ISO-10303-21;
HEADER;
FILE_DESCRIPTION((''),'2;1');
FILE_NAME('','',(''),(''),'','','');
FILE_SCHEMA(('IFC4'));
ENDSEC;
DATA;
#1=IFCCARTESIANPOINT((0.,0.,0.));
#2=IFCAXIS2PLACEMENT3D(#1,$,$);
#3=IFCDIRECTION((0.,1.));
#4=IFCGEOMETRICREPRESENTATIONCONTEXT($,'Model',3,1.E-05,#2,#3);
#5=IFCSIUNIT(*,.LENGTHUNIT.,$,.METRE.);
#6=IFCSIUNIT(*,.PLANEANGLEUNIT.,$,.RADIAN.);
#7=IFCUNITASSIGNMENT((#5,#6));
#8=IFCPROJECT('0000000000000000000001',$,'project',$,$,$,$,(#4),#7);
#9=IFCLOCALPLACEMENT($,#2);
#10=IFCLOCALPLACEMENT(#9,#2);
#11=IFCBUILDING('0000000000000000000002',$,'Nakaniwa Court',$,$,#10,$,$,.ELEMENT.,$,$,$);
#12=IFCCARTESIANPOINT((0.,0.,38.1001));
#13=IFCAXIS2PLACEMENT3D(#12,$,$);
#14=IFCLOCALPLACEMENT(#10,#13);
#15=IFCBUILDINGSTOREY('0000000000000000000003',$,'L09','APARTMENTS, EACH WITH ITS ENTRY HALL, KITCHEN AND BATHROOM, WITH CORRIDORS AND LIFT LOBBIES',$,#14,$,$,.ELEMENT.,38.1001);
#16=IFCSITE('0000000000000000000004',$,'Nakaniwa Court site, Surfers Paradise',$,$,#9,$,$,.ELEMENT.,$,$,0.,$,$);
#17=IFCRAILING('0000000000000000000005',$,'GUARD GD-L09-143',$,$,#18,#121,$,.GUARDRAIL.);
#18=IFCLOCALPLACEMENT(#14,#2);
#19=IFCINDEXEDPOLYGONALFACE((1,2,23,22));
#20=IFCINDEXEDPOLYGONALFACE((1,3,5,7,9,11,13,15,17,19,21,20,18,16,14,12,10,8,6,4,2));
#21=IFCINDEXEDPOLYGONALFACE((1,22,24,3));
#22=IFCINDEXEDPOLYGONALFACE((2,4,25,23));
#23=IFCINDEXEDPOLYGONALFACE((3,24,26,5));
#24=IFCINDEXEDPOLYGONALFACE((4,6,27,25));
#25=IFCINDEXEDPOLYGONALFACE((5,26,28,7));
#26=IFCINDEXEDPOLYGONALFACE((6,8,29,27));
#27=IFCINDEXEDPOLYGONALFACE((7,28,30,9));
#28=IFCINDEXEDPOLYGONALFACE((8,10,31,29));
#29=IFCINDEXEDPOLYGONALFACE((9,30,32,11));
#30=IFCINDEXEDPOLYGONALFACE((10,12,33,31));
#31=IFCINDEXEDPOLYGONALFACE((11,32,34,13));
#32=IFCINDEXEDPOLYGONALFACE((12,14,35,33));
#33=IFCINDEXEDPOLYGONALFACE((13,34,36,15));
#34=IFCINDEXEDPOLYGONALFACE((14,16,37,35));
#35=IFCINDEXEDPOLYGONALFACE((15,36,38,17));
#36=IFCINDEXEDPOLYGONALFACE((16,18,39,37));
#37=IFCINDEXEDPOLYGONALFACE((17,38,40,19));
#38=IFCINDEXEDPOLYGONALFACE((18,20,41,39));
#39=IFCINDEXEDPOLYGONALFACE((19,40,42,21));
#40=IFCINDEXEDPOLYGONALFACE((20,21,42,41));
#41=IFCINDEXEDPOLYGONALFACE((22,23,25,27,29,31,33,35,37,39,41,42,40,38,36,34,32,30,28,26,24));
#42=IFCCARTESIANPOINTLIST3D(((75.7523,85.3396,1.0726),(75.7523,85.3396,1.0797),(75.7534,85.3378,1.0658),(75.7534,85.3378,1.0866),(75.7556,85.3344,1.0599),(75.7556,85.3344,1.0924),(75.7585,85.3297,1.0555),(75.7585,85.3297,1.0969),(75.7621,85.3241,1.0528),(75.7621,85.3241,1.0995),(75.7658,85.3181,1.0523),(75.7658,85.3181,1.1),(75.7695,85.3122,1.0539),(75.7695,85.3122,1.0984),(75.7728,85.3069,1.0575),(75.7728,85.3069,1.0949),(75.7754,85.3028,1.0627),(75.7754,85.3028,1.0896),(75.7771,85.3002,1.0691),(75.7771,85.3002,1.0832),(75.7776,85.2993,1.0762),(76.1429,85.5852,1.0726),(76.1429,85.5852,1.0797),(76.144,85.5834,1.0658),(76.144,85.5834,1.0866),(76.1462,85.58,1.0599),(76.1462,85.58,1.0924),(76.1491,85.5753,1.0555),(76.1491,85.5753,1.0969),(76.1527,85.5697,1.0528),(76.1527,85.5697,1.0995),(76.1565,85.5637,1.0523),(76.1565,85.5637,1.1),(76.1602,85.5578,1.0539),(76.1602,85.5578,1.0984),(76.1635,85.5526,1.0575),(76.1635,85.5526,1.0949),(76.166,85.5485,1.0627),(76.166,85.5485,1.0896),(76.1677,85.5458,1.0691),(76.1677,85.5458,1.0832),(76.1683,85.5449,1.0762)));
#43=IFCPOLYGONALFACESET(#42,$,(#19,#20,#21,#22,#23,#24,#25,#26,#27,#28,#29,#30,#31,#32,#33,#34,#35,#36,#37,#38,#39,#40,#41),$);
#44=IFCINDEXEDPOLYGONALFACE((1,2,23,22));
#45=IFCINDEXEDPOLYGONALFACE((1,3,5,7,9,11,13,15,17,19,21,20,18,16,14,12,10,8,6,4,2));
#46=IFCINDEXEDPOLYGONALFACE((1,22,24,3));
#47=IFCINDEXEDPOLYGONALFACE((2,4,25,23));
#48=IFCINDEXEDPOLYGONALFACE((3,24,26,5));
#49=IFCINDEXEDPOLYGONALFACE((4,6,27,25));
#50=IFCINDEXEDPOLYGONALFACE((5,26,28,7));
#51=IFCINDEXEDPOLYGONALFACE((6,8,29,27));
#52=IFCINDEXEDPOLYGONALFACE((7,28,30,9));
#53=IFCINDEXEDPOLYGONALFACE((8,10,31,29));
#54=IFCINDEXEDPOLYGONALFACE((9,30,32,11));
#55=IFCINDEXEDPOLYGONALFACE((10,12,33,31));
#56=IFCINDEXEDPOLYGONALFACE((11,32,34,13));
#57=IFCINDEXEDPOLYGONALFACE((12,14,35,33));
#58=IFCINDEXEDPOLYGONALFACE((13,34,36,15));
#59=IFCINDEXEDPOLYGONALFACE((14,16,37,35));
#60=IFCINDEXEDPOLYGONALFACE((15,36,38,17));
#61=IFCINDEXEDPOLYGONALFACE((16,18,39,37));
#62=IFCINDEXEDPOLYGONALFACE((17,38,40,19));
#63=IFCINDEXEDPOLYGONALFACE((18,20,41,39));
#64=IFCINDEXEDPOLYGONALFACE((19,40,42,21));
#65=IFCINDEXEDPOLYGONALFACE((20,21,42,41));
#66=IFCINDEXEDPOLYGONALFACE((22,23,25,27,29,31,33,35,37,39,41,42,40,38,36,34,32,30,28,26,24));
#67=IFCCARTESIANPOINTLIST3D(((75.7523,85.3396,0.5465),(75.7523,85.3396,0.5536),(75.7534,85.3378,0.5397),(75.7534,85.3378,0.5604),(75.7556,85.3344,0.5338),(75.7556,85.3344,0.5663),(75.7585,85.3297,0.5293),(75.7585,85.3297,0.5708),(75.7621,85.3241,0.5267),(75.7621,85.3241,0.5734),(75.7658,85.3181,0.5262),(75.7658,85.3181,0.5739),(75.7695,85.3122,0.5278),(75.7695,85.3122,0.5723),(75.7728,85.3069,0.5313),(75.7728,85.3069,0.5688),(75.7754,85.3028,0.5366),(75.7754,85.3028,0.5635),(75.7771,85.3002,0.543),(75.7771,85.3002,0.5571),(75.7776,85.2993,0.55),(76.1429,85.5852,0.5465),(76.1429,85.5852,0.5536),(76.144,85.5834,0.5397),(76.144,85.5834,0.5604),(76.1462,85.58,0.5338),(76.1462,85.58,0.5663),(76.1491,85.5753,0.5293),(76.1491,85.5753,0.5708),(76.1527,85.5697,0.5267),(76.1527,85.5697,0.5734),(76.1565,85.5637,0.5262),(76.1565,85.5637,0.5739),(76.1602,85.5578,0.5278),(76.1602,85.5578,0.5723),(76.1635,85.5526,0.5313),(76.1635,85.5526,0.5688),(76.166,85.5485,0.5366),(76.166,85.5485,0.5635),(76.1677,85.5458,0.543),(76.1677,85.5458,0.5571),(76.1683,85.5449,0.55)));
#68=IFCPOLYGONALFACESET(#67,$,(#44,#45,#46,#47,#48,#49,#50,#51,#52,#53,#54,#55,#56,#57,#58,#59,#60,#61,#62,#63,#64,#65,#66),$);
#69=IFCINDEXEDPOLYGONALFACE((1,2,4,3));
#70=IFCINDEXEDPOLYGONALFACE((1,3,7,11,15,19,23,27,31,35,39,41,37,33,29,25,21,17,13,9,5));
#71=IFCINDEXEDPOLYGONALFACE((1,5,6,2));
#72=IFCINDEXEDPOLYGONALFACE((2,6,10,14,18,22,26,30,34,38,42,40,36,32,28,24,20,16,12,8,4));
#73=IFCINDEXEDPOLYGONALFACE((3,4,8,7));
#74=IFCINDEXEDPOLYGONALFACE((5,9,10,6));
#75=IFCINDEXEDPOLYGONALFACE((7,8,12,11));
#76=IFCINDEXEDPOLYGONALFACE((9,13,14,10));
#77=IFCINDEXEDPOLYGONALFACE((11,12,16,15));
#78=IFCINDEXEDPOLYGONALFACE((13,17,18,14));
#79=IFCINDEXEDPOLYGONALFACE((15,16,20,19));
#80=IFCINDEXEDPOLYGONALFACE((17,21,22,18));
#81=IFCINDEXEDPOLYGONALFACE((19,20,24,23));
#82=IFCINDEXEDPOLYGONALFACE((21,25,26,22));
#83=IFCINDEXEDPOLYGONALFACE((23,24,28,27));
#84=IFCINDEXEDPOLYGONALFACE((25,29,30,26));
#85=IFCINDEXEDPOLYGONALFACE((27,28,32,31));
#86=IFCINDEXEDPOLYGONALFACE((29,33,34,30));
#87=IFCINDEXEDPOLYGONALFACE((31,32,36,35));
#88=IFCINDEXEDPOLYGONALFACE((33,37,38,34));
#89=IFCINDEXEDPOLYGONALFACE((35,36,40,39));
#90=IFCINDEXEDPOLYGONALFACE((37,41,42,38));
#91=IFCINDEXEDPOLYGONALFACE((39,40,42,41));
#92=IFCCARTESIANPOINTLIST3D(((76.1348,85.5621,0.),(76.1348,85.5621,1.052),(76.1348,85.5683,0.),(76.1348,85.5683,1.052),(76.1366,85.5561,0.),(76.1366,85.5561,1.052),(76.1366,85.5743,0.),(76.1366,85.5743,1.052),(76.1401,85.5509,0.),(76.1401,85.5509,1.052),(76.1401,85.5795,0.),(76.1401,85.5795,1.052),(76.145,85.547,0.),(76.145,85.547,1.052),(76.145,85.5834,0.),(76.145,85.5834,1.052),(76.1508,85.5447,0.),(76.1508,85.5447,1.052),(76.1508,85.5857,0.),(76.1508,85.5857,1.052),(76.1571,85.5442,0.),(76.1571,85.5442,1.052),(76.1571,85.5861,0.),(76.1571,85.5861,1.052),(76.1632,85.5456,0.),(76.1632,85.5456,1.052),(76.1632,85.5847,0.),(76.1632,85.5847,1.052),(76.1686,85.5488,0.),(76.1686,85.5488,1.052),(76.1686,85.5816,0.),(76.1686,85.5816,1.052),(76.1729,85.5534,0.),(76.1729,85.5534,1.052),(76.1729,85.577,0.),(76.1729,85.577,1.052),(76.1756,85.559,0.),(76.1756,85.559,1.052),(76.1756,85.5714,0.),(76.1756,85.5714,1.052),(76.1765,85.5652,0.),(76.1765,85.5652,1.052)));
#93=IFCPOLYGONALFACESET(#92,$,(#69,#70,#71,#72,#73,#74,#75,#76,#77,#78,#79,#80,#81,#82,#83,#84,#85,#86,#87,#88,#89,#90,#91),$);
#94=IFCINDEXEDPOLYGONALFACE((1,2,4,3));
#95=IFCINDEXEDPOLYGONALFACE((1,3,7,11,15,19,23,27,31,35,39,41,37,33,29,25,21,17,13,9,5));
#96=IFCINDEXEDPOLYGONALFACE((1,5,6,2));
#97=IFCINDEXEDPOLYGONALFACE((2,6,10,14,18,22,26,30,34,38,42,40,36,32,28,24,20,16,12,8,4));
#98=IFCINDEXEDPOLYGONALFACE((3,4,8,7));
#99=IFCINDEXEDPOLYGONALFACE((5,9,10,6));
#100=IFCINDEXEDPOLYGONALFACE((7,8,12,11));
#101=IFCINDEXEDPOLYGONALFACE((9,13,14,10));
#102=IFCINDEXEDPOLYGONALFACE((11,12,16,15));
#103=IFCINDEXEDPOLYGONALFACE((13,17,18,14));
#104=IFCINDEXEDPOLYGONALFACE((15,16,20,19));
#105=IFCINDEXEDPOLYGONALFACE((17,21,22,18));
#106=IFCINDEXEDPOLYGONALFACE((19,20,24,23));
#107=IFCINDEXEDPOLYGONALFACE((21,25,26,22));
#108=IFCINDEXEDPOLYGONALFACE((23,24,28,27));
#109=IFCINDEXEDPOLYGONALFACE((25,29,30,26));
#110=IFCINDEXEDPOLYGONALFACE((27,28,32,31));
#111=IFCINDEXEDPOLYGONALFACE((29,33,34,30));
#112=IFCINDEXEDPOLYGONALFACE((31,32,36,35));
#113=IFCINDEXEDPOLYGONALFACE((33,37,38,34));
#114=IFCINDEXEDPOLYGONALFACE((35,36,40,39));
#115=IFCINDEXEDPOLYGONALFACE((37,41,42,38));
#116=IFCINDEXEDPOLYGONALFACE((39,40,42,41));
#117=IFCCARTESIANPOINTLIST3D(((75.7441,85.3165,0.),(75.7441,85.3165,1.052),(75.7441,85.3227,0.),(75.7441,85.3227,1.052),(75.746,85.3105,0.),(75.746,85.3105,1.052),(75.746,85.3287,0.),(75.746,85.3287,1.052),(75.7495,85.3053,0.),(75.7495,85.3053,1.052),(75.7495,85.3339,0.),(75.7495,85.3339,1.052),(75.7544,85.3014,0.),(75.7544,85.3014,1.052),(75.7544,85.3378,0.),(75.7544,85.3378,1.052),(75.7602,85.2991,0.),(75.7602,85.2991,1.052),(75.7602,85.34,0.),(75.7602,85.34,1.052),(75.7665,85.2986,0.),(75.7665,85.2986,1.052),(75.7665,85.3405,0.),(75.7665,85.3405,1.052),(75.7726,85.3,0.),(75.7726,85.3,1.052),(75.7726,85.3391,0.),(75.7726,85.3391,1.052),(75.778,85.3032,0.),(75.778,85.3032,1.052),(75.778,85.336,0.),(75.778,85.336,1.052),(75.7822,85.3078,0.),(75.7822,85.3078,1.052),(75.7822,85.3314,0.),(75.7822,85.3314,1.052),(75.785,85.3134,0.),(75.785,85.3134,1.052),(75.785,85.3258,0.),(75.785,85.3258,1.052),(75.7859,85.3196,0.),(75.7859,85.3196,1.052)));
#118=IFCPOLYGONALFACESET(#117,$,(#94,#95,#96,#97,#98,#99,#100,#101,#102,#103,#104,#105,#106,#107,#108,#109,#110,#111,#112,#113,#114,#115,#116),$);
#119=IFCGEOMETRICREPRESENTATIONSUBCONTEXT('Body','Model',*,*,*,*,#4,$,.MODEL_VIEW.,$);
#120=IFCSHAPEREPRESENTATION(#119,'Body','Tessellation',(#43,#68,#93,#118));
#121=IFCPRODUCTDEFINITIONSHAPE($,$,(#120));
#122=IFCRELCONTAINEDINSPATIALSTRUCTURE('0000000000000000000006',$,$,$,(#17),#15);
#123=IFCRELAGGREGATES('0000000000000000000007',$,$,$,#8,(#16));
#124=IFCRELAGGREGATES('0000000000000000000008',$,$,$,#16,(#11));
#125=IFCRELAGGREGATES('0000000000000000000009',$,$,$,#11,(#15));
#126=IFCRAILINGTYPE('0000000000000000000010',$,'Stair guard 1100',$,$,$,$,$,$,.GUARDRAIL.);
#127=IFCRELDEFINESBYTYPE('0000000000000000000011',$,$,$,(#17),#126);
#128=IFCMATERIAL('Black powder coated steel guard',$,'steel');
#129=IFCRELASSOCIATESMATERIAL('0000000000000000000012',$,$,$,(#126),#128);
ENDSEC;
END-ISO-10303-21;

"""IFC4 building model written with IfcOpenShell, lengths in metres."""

from ifc_helpers import new_model, si_unit, direction, frame, origin, origin_2d, place, context, subcontext, project, spatial, circle, extrude, material, type_object, element, save


model = new_model("IFC4")

# Units and contexts
model_context = context("Model", 3, precision=1e-05, world=origin(), true_north=direction((0.0, 1.0)))
body_context = subcontext(model_context, "Body", "Model", "MODEL_VIEW")
ifc_project = project(units=[si_unit("LENGTHUNIT", "METRE"), si_unit("PLANEANGLEUNIT", "RADIAN")], contexts=[model_context])

# Site, building, storey
site_placement = place(None, origin())
site = spatial("IfcSite", under=ifc_project, at=site_placement, Name="Nakaniwa Court site, Surfers Paradise", CompositionType="ELEMENT", RefElevation=0.0)
building_placement = place(site_placement, origin())
building = spatial("IfcBuilding", under=site, at=building_placement, Name="Nakaniwa Court", CompositionType="ELEMENT")
storey_placement = place(building_placement, frame((0.0, 0.0, 38.1001)))
storey = spatial("IfcBuildingStorey", under=building, at=storey_placement, Name="L09", Description="APARTMENTS, EACH WITH ITS ENTRY HALL, KITCHEN AND BATHROOM, WITH CORRIDORS AND LIFT LOBBIES", CompositionType="ELEMENT", Elevation=38.1001)

# Railing
ifc_material_1 = material(Name="Black powder coated steel guard", Category="steel")
railing_type = type_object("IfcRailingType", Name="Stair guard 1100", PredefinedType="GUARDRAIL", material=ifc_material_1)
railing_1_placement = place(storey_placement, frame((76.1555, 85.5652, 0.0)))
element("IfcRailing", 1, at=railing_1_placement, inside=storey, type_object=railing_type, Name="GUARD GD-L09-143", PredefinedType="GUARDRAIL", context=body_context, shape_type="SweptSolid", body=[
    extrude(circle(Radius=0.0239, at=origin_2d()), frame((0.0, 0.0, 1.0762), z_axis=(-0.846568, -0.53228, 0.0), x_axis=(0.53228, -0.846568, 0.0)), (0.0, 0.0, 1.0), 0.4614),
    extrude(circle(Radius=0.0239, at=origin_2d()), frame((0.0, 0.0, 0.55), z_axis=(-0.846568, -0.53228, 0.0), x_axis=(0.53228, -0.846568, 0.0)), (0.0, 0.0, 1.0), 0.4614),
    extrude(circle(Radius=0.021, at=origin_2d()), origin(), (0.0, 0.0, 1.0), 1.052),
    extrude(circle(Radius=0.021, at=origin_2d()), frame((-0.3906, -0.2456, 0.0)), (0.0, 0.0, 1.0), 1.052),
])

save(model, "model.ifc")
